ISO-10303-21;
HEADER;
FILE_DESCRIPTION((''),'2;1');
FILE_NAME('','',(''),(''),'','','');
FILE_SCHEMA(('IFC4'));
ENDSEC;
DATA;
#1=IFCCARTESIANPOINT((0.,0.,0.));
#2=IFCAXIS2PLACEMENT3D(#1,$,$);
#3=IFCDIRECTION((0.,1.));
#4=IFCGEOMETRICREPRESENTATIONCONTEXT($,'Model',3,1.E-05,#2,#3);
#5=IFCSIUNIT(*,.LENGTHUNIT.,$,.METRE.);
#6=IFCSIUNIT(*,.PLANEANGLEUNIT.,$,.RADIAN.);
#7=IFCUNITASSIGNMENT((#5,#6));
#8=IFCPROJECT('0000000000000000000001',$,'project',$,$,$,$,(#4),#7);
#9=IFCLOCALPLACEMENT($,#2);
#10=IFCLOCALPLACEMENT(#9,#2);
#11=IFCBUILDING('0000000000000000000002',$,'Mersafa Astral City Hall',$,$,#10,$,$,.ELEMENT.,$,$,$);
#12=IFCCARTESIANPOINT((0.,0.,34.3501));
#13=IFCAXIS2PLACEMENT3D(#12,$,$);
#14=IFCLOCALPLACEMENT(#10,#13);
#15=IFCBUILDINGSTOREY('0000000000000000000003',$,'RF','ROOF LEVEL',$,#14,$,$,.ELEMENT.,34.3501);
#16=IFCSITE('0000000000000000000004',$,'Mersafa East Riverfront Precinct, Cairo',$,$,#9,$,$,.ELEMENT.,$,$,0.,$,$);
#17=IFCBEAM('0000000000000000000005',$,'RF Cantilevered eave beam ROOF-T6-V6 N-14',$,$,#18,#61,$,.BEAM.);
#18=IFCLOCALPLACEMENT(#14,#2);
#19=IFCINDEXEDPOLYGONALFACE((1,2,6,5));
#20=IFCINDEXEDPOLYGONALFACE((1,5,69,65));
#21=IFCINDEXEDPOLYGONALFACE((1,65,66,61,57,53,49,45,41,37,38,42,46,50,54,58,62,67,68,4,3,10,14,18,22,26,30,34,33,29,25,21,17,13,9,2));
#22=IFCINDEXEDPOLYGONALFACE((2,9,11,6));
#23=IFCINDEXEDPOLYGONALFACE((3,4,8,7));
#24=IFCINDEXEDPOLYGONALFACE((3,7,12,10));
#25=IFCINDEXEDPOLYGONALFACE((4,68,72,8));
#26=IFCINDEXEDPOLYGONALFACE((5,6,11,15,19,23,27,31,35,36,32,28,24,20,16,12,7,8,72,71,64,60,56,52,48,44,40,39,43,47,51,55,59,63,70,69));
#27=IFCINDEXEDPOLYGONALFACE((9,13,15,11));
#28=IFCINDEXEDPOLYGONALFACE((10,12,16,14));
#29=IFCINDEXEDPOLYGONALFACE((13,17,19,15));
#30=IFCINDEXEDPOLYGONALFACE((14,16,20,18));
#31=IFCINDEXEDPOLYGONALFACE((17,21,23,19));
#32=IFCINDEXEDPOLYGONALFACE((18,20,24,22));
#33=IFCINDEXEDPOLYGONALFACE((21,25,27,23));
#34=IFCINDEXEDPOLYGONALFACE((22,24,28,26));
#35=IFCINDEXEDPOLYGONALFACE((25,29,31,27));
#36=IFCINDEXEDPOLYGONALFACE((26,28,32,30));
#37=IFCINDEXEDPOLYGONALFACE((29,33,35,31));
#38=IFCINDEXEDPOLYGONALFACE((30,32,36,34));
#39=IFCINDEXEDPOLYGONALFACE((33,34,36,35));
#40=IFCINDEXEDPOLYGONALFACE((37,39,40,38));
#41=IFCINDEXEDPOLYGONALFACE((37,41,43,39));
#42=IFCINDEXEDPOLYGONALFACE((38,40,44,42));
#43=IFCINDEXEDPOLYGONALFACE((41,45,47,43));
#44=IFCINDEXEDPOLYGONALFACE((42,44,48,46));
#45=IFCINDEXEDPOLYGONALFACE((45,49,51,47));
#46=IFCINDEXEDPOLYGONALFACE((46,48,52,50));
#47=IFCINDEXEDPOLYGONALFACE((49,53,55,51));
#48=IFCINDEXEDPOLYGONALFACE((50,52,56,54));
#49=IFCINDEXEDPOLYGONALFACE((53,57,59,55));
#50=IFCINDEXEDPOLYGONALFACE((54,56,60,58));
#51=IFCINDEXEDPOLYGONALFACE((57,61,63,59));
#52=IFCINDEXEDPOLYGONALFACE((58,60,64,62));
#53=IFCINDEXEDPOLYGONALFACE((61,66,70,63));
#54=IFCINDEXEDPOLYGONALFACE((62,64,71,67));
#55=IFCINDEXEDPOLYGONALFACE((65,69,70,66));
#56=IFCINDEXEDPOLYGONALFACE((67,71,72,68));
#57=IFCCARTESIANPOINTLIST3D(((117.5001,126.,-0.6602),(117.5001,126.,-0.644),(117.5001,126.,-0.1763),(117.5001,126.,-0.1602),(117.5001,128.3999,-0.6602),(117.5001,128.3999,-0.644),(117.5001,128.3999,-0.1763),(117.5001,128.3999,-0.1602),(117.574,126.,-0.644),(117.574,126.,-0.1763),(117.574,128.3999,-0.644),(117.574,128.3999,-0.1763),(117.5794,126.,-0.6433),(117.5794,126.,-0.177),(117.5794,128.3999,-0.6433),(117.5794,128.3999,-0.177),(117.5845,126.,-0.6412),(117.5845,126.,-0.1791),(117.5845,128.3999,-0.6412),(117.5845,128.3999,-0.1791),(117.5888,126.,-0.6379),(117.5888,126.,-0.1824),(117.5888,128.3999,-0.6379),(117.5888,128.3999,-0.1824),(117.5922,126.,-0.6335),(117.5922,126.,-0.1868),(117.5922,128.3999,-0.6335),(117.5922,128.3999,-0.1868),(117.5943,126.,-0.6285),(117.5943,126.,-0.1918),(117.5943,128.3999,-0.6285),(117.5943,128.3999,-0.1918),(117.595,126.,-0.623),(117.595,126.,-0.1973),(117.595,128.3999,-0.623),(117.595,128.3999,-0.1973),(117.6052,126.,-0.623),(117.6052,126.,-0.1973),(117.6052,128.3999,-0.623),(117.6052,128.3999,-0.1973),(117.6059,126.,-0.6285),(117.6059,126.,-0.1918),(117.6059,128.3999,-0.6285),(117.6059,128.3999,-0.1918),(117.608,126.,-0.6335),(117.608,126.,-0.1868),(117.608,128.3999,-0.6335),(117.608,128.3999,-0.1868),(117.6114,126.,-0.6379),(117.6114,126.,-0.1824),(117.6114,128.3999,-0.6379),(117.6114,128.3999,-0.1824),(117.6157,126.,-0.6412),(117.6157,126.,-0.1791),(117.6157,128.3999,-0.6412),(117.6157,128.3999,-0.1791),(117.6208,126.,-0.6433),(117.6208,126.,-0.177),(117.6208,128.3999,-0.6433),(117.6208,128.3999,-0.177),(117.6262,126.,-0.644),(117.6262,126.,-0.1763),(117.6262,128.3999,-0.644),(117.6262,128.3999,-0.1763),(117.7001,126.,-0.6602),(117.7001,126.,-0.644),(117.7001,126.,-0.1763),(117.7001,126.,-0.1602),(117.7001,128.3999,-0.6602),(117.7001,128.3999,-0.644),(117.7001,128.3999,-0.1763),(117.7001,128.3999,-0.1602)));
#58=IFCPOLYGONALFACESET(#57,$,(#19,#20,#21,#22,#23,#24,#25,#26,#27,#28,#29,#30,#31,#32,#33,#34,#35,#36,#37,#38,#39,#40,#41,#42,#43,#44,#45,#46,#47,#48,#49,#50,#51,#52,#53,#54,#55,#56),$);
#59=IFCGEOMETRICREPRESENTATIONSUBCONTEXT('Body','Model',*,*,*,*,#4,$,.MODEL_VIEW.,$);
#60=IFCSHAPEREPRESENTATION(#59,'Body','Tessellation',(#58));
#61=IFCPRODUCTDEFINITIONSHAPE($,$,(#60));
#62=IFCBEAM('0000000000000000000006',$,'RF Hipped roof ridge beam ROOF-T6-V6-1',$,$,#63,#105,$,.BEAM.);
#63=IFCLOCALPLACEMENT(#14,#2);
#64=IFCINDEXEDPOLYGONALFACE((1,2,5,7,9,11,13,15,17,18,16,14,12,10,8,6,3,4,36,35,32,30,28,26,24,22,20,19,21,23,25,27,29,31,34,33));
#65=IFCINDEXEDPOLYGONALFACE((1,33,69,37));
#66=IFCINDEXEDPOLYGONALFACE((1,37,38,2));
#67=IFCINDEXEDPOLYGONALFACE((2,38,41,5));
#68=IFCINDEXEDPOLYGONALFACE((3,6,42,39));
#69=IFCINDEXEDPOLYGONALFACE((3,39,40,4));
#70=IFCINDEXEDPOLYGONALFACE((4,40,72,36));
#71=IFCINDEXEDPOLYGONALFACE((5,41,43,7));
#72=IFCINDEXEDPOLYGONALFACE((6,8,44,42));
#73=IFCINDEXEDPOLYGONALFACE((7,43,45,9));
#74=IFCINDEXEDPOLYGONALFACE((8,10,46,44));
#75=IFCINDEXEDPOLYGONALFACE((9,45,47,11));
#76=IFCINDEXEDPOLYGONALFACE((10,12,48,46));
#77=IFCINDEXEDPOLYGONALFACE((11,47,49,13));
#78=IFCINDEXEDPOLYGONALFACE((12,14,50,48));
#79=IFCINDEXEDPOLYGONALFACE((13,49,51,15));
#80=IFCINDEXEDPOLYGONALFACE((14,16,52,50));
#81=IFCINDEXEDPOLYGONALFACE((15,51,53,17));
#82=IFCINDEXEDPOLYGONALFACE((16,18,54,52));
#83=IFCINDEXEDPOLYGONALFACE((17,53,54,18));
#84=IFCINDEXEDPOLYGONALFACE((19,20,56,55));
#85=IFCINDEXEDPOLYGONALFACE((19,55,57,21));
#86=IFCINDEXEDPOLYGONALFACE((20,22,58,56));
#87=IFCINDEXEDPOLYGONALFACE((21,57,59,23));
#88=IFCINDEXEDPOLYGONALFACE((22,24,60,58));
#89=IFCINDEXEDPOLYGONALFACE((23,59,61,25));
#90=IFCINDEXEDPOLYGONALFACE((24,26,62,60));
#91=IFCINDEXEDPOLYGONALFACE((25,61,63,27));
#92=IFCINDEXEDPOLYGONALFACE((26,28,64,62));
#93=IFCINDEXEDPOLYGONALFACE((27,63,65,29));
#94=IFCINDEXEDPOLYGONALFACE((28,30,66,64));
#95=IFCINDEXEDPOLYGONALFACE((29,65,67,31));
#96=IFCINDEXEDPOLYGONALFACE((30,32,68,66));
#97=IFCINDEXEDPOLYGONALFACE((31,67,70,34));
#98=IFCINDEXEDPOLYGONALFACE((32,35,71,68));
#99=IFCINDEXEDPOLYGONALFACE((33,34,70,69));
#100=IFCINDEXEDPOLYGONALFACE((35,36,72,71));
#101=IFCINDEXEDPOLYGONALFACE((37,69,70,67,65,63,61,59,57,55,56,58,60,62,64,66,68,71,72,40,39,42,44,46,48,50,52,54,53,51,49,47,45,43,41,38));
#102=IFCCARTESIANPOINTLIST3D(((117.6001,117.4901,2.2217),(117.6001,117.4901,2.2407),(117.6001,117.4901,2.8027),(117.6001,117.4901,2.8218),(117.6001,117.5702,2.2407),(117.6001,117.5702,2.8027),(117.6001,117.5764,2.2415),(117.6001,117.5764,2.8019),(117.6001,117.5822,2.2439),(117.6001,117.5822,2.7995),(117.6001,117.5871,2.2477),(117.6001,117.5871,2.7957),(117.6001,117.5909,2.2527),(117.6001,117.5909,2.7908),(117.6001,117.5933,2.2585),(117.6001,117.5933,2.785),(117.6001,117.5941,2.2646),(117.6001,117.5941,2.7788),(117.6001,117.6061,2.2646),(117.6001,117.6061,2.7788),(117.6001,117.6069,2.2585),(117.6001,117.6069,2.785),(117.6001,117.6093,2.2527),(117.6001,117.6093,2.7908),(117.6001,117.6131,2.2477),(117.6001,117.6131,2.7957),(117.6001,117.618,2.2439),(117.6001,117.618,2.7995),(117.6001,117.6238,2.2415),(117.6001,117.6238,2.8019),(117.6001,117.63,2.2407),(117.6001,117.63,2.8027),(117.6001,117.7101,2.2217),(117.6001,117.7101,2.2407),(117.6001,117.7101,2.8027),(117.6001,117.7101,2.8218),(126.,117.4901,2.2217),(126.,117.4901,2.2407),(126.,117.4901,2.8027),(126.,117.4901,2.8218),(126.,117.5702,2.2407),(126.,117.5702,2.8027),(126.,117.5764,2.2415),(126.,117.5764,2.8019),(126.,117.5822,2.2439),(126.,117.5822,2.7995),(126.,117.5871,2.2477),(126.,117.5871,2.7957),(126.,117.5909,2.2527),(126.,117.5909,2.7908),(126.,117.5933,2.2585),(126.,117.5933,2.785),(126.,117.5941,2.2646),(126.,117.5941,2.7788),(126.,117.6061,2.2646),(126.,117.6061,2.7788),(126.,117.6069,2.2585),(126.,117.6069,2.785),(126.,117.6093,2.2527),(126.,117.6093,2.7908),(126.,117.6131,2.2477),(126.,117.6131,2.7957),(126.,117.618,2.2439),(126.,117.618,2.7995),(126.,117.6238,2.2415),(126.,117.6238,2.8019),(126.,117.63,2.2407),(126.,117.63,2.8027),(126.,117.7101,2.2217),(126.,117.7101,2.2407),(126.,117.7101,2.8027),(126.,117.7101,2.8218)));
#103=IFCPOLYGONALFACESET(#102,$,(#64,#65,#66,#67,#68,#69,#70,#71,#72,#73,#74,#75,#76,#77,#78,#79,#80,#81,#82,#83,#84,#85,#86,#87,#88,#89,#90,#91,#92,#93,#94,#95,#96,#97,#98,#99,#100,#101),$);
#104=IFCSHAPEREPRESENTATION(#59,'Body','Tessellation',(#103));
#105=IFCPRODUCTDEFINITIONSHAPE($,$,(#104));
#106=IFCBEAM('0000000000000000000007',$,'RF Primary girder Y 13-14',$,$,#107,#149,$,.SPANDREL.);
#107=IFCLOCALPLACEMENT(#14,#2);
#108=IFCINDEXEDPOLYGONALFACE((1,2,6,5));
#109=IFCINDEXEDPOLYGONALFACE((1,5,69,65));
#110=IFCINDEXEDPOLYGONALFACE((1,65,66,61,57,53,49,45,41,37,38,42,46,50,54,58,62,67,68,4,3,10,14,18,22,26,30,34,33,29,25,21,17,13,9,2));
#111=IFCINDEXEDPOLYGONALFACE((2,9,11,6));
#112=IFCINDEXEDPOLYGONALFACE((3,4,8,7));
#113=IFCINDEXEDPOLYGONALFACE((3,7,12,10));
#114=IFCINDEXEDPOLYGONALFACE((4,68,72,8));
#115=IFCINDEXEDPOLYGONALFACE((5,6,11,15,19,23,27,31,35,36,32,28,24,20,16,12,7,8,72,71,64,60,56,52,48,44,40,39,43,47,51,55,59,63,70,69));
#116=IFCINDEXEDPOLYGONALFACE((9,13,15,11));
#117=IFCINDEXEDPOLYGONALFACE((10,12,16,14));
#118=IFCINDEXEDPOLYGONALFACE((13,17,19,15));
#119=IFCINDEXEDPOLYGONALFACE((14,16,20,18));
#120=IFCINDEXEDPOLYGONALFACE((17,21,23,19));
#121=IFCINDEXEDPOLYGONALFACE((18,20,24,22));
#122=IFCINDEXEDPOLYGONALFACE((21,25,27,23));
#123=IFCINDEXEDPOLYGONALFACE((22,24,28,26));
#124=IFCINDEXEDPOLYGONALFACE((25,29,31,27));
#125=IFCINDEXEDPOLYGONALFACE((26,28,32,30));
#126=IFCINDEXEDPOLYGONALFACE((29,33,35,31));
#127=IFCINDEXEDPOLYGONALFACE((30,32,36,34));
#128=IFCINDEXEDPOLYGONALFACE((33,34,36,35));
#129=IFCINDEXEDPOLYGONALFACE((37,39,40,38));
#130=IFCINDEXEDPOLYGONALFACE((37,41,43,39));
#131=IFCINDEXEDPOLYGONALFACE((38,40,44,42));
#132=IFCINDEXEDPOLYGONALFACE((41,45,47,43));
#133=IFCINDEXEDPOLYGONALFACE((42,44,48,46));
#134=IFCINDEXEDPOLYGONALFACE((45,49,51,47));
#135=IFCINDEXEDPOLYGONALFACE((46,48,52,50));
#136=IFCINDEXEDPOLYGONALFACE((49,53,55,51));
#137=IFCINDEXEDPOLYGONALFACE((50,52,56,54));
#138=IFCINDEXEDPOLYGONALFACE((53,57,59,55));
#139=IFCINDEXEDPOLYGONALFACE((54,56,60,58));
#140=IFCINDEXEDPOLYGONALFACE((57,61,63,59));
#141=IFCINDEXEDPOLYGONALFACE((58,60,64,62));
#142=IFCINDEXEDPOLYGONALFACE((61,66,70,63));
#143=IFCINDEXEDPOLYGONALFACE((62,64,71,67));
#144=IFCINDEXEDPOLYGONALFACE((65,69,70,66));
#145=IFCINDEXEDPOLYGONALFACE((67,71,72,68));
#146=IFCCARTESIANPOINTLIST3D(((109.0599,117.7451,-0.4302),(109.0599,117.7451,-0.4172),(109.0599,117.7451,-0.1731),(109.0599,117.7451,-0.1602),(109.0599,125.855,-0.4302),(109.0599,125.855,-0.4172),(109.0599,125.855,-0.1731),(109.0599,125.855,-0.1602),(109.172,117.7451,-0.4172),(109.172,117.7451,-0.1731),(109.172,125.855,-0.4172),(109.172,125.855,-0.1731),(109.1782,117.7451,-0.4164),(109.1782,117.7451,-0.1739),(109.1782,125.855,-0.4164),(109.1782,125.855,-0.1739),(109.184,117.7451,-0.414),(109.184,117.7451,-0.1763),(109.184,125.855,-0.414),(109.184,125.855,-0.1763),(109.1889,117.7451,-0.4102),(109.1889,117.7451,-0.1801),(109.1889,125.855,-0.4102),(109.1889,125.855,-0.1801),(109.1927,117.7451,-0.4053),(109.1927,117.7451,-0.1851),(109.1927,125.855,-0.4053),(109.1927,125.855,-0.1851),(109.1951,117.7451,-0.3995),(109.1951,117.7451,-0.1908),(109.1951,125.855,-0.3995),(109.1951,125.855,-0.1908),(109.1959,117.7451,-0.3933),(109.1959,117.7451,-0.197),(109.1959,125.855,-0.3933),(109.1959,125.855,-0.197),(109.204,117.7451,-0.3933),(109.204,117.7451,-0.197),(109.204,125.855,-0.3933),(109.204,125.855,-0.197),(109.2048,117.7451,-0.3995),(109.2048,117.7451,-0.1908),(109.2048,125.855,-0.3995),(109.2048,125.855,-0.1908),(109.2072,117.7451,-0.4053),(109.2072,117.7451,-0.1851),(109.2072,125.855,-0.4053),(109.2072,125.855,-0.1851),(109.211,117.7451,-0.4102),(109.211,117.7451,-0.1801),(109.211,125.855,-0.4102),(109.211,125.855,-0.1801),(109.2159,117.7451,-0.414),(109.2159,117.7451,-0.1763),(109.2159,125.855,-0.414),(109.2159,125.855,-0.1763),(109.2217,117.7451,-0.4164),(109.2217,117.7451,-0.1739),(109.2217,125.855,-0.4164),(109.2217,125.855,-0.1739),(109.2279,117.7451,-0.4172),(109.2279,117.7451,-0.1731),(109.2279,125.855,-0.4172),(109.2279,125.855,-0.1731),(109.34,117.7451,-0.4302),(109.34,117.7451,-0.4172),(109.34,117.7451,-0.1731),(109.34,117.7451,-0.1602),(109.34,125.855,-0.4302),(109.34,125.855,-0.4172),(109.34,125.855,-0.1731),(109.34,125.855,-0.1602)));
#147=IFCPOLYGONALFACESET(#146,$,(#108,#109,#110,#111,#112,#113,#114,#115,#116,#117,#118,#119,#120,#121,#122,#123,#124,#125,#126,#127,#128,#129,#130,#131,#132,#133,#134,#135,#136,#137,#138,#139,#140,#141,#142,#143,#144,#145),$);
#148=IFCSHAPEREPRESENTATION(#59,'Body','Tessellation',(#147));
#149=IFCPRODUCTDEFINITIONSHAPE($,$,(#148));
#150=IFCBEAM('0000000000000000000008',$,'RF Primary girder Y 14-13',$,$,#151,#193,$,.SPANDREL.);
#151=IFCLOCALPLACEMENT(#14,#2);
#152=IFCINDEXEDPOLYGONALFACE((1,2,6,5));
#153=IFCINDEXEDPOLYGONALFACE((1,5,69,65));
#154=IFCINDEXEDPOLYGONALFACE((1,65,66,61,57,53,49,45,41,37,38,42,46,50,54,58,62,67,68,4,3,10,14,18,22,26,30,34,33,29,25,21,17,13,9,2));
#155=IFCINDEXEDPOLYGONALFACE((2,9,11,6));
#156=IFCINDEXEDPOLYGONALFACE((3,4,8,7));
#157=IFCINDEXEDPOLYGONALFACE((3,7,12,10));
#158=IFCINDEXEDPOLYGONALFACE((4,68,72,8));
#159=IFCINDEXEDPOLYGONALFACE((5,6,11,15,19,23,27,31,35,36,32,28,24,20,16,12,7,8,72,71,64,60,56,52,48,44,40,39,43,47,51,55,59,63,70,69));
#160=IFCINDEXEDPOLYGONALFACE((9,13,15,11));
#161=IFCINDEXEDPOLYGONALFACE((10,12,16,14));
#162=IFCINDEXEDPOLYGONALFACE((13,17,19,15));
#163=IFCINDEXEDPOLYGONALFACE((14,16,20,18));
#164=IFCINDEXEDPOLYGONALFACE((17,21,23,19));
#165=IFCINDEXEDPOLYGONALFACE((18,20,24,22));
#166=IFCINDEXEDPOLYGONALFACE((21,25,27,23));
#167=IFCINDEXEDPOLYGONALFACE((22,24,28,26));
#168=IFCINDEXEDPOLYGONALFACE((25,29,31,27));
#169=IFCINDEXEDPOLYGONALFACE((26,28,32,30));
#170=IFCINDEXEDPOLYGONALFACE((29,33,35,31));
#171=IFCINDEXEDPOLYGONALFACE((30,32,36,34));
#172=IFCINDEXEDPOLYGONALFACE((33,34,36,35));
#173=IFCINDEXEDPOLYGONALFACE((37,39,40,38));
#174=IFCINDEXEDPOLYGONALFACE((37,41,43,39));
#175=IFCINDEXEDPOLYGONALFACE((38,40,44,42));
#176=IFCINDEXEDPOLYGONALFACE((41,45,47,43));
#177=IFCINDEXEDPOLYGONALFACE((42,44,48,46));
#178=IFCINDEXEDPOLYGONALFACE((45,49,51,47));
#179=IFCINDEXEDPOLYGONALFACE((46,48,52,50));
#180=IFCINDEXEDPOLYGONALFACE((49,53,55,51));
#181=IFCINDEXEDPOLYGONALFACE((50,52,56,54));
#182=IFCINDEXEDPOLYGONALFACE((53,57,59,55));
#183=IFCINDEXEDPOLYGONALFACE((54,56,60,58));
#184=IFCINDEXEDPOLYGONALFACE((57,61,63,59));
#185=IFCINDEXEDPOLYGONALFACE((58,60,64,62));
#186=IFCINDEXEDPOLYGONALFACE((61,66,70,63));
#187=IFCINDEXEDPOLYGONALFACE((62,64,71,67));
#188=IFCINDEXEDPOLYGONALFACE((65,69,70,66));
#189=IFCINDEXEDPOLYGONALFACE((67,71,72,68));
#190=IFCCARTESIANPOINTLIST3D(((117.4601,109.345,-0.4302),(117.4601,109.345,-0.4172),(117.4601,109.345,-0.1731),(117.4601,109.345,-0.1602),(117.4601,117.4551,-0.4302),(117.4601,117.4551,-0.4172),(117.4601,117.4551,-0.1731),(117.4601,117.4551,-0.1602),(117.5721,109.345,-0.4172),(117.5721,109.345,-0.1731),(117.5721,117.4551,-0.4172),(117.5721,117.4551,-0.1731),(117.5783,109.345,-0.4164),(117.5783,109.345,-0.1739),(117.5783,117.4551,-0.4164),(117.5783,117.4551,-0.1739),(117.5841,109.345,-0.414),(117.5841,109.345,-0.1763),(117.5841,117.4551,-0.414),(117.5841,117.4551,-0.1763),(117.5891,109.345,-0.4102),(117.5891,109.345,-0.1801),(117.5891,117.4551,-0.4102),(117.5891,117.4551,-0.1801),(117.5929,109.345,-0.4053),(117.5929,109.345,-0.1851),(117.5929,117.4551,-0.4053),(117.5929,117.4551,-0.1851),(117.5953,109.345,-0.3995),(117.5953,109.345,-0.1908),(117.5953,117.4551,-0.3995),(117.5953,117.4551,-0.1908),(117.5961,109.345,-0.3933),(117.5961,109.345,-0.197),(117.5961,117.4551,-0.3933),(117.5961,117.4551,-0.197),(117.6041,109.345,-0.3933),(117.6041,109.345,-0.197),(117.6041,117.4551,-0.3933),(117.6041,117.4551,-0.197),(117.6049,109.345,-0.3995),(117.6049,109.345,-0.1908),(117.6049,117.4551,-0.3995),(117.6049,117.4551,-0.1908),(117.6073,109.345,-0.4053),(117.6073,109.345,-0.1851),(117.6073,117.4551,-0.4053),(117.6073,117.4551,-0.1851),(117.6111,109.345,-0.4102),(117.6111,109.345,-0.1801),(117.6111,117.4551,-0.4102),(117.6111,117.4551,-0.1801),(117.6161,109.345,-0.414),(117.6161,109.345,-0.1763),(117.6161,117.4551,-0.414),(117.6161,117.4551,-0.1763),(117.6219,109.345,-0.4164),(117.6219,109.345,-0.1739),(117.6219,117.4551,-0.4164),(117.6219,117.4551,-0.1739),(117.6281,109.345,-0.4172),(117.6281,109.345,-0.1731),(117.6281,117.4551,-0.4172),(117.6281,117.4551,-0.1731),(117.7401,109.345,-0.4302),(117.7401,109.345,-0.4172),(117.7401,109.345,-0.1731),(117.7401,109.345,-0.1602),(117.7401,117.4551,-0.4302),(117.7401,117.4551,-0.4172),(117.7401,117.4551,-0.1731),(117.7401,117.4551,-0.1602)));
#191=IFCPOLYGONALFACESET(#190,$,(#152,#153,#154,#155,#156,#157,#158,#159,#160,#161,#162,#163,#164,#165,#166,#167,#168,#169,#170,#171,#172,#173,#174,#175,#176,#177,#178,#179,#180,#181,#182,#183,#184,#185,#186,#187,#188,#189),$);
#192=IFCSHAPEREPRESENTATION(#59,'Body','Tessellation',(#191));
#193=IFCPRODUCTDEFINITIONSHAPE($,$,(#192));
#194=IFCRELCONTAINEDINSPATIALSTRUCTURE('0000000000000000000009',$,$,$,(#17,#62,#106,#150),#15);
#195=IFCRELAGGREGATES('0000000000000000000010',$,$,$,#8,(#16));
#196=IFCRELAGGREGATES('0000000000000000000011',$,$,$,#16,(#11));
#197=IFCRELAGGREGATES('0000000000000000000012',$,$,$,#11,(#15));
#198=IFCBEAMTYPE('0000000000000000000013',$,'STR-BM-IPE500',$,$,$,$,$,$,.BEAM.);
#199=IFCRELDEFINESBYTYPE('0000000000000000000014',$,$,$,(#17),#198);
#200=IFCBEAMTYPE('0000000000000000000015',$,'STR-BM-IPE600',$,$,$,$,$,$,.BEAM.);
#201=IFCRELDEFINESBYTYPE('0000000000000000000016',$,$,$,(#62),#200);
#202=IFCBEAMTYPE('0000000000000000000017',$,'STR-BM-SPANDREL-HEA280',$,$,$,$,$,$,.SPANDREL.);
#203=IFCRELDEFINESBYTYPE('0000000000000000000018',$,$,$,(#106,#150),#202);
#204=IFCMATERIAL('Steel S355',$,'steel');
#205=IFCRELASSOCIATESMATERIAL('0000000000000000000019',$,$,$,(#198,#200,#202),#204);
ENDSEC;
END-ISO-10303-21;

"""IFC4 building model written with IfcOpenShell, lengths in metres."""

from ifc_helpers import new_model, si_unit, direction, frame, origin, origin_2d, place, context, subcontext, project, spatial, i_section, extrude, material, material_profile, profile_set, type_object, element, save


model = new_model("IFC4")

# Units and contexts
model_context = context("Model", 3, precision=1e-05, world=origin(), true_north=direction((0.0, 1.0)))
body_context = subcontext(model_context, "Body", "Model", "MODEL_VIEW")
ifc_project = project(units=[si_unit("LENGTHUNIT", "METRE"), si_unit("PLANEANGLEUNIT", "RADIAN")], contexts=[model_context])

# Site, building, storey
site_placement = place(None, origin())
site = spatial("IfcSite", under=ifc_project, at=site_placement, Name="Mersafa East Riverfront Precinct, Cairo", CompositionType="ELEMENT", RefElevation=0.0)
building_placement = place(site_placement, origin())
building = spatial("IfcBuilding", under=site, at=building_placement, Name="Mersafa Astral City Hall", CompositionType="ELEMENT")
storey_placement = place(building_placement, frame((0.0, 0.0, 34.3501)))
storey = spatial("IfcBuildingStorey", under=building, at=storey_placement, Name="RF", Description="ROOF LEVEL", CompositionType="ELEMENT", Elevation=34.3501)

# Shared definitions
ifc_material_1 = material(Name="Steel S355", Category="steel")

# Beams
ifc_material_profile_1 = material_profile(ifc_material_1, i_section(OverallWidth=0.2, OverallDepth=0.5, WebThickness=0.0103, FlangeThickness=0.0161, FilletRadius=0.021, at=origin_2d()), Name="IPE 500")
ifc_profile_set_1 = profile_set([ifc_material_profile_1], Name="Steel S355")
beam_type_1 = type_object("IfcBeamType", Name="STR-BM-IPE500", PredefinedType="BEAM", material=ifc_profile_set_1)
beam_1_placement = place(storey_placement, frame((117.6001, 126.0, -0.4102), z_axis=(0.0, 1.0, 0.0), x_axis=(-1.0, 0.0, 0.0)))
element("IfcBeam", 1, at=beam_1_placement, inside=storey, type_object=beam_type_1, Name="RF Cantilevered eave beam ROOF-T6-V6 N-14", PredefinedType="BEAM", context=body_context, shape_type="SweptSolid", body=[
    extrude(i_section(OverallWidth=0.2, OverallDepth=0.5, WebThickness=0.0103, FlangeThickness=0.0161, FilletRadius=0.021, at=origin_2d()), origin(), (0.0, 0.0, 1.0), 2.3999),
])
ifc_material_profile_2 = material_profile(ifc_material_1, i_section(OverallWidth=0.22, OverallDepth=0.6001, WebThickness=0.012, FlangeThickness=0.019, FilletRadius=0.0239, at=origin_2d()), Name="IPE 600")
ifc_profile_set_2 = profile_set([ifc_material_profile_2], Name="Steel S355")
beam_type_2 = type_object("IfcBeamType", Name="STR-BM-IPE600", PredefinedType="BEAM", material=ifc_profile_set_2)
beam_2_placement = place(storey_placement, frame((117.6001, 117.6001, 2.5217), z_axis=(1.0, 0.0, 0.0), x_axis=(0.0, 1.0, 0.0)))
element("IfcBeam", 2, at=beam_2_placement, inside=storey, type_object=beam_type_2, Name="RF Hipped roof ridge beam ROOF-T6-V6-1", PredefinedType="BEAM", context=body_context, shape_type="SweptSolid", body=[
    extrude(i_section(OverallWidth=0.22, OverallDepth=0.6001, WebThickness=0.012, FlangeThickness=0.019, FilletRadius=0.0239, at=origin_2d()), origin(), (0.0, 0.0, 1.0), 8.3999),
])
ifc_material_profile_3 = material_profile(ifc_material_1, i_section(OverallWidth=0.28, OverallDepth=0.27, WebThickness=0.0081, FlangeThickness=0.0129, FilletRadius=0.0239, at=origin_2d()), Name="HEA 280")
ifc_profile_set_3 = profile_set([ifc_material_profile_3], Name="Steel S355")
beam_type_3 = type_object("IfcBeamType", Name="STR-BM-SPANDREL-HEA280", PredefinedType="SPANDREL", material=ifc_profile_set_3)
beam_3_placement = place(storey_placement, frame((109.2, 117.7451, -0.2952), z_axis=(0.0, 1.0, 0.0), x_axis=(-1.0, 0.0, 0.0)))
element("IfcBeam", 3, at=beam_3_placement, inside=storey, type_object=beam_type_3, Name="RF Primary girder Y 13-14", PredefinedType="SPANDREL", context=body_context, shape_type="SweptSolid", body=[
    extrude(i_section(OverallWidth=0.28, OverallDepth=0.27, WebThickness=0.0081, FlangeThickness=0.0129, FilletRadius=0.0239, at=origin_2d()), origin(), (0.0, 0.0, 1.0), 8.1099),
])
beam_4_placement = place(storey_placement, frame((117.6001, 109.345, -0.2952), z_axis=(0.0, 1.0, 0.0), x_axis=(-1.0, 0.0, 0.0)))
element("IfcBeam", 4, at=beam_4_placement, inside=storey, type_object=beam_type_3, Name="RF Primary girder Y 14-13", PredefinedType="SPANDREL", context=body_context, shape_type="SweptSolid", body=[
    extrude(i_section(OverallWidth=0.28, OverallDepth=0.27, WebThickness=0.0081, FlangeThickness=0.0129, FilletRadius=0.0239, at=origin_2d()), origin(), (0.0, 0.0, 1.0), 8.1101),
])

save(model, "model.ifc")
